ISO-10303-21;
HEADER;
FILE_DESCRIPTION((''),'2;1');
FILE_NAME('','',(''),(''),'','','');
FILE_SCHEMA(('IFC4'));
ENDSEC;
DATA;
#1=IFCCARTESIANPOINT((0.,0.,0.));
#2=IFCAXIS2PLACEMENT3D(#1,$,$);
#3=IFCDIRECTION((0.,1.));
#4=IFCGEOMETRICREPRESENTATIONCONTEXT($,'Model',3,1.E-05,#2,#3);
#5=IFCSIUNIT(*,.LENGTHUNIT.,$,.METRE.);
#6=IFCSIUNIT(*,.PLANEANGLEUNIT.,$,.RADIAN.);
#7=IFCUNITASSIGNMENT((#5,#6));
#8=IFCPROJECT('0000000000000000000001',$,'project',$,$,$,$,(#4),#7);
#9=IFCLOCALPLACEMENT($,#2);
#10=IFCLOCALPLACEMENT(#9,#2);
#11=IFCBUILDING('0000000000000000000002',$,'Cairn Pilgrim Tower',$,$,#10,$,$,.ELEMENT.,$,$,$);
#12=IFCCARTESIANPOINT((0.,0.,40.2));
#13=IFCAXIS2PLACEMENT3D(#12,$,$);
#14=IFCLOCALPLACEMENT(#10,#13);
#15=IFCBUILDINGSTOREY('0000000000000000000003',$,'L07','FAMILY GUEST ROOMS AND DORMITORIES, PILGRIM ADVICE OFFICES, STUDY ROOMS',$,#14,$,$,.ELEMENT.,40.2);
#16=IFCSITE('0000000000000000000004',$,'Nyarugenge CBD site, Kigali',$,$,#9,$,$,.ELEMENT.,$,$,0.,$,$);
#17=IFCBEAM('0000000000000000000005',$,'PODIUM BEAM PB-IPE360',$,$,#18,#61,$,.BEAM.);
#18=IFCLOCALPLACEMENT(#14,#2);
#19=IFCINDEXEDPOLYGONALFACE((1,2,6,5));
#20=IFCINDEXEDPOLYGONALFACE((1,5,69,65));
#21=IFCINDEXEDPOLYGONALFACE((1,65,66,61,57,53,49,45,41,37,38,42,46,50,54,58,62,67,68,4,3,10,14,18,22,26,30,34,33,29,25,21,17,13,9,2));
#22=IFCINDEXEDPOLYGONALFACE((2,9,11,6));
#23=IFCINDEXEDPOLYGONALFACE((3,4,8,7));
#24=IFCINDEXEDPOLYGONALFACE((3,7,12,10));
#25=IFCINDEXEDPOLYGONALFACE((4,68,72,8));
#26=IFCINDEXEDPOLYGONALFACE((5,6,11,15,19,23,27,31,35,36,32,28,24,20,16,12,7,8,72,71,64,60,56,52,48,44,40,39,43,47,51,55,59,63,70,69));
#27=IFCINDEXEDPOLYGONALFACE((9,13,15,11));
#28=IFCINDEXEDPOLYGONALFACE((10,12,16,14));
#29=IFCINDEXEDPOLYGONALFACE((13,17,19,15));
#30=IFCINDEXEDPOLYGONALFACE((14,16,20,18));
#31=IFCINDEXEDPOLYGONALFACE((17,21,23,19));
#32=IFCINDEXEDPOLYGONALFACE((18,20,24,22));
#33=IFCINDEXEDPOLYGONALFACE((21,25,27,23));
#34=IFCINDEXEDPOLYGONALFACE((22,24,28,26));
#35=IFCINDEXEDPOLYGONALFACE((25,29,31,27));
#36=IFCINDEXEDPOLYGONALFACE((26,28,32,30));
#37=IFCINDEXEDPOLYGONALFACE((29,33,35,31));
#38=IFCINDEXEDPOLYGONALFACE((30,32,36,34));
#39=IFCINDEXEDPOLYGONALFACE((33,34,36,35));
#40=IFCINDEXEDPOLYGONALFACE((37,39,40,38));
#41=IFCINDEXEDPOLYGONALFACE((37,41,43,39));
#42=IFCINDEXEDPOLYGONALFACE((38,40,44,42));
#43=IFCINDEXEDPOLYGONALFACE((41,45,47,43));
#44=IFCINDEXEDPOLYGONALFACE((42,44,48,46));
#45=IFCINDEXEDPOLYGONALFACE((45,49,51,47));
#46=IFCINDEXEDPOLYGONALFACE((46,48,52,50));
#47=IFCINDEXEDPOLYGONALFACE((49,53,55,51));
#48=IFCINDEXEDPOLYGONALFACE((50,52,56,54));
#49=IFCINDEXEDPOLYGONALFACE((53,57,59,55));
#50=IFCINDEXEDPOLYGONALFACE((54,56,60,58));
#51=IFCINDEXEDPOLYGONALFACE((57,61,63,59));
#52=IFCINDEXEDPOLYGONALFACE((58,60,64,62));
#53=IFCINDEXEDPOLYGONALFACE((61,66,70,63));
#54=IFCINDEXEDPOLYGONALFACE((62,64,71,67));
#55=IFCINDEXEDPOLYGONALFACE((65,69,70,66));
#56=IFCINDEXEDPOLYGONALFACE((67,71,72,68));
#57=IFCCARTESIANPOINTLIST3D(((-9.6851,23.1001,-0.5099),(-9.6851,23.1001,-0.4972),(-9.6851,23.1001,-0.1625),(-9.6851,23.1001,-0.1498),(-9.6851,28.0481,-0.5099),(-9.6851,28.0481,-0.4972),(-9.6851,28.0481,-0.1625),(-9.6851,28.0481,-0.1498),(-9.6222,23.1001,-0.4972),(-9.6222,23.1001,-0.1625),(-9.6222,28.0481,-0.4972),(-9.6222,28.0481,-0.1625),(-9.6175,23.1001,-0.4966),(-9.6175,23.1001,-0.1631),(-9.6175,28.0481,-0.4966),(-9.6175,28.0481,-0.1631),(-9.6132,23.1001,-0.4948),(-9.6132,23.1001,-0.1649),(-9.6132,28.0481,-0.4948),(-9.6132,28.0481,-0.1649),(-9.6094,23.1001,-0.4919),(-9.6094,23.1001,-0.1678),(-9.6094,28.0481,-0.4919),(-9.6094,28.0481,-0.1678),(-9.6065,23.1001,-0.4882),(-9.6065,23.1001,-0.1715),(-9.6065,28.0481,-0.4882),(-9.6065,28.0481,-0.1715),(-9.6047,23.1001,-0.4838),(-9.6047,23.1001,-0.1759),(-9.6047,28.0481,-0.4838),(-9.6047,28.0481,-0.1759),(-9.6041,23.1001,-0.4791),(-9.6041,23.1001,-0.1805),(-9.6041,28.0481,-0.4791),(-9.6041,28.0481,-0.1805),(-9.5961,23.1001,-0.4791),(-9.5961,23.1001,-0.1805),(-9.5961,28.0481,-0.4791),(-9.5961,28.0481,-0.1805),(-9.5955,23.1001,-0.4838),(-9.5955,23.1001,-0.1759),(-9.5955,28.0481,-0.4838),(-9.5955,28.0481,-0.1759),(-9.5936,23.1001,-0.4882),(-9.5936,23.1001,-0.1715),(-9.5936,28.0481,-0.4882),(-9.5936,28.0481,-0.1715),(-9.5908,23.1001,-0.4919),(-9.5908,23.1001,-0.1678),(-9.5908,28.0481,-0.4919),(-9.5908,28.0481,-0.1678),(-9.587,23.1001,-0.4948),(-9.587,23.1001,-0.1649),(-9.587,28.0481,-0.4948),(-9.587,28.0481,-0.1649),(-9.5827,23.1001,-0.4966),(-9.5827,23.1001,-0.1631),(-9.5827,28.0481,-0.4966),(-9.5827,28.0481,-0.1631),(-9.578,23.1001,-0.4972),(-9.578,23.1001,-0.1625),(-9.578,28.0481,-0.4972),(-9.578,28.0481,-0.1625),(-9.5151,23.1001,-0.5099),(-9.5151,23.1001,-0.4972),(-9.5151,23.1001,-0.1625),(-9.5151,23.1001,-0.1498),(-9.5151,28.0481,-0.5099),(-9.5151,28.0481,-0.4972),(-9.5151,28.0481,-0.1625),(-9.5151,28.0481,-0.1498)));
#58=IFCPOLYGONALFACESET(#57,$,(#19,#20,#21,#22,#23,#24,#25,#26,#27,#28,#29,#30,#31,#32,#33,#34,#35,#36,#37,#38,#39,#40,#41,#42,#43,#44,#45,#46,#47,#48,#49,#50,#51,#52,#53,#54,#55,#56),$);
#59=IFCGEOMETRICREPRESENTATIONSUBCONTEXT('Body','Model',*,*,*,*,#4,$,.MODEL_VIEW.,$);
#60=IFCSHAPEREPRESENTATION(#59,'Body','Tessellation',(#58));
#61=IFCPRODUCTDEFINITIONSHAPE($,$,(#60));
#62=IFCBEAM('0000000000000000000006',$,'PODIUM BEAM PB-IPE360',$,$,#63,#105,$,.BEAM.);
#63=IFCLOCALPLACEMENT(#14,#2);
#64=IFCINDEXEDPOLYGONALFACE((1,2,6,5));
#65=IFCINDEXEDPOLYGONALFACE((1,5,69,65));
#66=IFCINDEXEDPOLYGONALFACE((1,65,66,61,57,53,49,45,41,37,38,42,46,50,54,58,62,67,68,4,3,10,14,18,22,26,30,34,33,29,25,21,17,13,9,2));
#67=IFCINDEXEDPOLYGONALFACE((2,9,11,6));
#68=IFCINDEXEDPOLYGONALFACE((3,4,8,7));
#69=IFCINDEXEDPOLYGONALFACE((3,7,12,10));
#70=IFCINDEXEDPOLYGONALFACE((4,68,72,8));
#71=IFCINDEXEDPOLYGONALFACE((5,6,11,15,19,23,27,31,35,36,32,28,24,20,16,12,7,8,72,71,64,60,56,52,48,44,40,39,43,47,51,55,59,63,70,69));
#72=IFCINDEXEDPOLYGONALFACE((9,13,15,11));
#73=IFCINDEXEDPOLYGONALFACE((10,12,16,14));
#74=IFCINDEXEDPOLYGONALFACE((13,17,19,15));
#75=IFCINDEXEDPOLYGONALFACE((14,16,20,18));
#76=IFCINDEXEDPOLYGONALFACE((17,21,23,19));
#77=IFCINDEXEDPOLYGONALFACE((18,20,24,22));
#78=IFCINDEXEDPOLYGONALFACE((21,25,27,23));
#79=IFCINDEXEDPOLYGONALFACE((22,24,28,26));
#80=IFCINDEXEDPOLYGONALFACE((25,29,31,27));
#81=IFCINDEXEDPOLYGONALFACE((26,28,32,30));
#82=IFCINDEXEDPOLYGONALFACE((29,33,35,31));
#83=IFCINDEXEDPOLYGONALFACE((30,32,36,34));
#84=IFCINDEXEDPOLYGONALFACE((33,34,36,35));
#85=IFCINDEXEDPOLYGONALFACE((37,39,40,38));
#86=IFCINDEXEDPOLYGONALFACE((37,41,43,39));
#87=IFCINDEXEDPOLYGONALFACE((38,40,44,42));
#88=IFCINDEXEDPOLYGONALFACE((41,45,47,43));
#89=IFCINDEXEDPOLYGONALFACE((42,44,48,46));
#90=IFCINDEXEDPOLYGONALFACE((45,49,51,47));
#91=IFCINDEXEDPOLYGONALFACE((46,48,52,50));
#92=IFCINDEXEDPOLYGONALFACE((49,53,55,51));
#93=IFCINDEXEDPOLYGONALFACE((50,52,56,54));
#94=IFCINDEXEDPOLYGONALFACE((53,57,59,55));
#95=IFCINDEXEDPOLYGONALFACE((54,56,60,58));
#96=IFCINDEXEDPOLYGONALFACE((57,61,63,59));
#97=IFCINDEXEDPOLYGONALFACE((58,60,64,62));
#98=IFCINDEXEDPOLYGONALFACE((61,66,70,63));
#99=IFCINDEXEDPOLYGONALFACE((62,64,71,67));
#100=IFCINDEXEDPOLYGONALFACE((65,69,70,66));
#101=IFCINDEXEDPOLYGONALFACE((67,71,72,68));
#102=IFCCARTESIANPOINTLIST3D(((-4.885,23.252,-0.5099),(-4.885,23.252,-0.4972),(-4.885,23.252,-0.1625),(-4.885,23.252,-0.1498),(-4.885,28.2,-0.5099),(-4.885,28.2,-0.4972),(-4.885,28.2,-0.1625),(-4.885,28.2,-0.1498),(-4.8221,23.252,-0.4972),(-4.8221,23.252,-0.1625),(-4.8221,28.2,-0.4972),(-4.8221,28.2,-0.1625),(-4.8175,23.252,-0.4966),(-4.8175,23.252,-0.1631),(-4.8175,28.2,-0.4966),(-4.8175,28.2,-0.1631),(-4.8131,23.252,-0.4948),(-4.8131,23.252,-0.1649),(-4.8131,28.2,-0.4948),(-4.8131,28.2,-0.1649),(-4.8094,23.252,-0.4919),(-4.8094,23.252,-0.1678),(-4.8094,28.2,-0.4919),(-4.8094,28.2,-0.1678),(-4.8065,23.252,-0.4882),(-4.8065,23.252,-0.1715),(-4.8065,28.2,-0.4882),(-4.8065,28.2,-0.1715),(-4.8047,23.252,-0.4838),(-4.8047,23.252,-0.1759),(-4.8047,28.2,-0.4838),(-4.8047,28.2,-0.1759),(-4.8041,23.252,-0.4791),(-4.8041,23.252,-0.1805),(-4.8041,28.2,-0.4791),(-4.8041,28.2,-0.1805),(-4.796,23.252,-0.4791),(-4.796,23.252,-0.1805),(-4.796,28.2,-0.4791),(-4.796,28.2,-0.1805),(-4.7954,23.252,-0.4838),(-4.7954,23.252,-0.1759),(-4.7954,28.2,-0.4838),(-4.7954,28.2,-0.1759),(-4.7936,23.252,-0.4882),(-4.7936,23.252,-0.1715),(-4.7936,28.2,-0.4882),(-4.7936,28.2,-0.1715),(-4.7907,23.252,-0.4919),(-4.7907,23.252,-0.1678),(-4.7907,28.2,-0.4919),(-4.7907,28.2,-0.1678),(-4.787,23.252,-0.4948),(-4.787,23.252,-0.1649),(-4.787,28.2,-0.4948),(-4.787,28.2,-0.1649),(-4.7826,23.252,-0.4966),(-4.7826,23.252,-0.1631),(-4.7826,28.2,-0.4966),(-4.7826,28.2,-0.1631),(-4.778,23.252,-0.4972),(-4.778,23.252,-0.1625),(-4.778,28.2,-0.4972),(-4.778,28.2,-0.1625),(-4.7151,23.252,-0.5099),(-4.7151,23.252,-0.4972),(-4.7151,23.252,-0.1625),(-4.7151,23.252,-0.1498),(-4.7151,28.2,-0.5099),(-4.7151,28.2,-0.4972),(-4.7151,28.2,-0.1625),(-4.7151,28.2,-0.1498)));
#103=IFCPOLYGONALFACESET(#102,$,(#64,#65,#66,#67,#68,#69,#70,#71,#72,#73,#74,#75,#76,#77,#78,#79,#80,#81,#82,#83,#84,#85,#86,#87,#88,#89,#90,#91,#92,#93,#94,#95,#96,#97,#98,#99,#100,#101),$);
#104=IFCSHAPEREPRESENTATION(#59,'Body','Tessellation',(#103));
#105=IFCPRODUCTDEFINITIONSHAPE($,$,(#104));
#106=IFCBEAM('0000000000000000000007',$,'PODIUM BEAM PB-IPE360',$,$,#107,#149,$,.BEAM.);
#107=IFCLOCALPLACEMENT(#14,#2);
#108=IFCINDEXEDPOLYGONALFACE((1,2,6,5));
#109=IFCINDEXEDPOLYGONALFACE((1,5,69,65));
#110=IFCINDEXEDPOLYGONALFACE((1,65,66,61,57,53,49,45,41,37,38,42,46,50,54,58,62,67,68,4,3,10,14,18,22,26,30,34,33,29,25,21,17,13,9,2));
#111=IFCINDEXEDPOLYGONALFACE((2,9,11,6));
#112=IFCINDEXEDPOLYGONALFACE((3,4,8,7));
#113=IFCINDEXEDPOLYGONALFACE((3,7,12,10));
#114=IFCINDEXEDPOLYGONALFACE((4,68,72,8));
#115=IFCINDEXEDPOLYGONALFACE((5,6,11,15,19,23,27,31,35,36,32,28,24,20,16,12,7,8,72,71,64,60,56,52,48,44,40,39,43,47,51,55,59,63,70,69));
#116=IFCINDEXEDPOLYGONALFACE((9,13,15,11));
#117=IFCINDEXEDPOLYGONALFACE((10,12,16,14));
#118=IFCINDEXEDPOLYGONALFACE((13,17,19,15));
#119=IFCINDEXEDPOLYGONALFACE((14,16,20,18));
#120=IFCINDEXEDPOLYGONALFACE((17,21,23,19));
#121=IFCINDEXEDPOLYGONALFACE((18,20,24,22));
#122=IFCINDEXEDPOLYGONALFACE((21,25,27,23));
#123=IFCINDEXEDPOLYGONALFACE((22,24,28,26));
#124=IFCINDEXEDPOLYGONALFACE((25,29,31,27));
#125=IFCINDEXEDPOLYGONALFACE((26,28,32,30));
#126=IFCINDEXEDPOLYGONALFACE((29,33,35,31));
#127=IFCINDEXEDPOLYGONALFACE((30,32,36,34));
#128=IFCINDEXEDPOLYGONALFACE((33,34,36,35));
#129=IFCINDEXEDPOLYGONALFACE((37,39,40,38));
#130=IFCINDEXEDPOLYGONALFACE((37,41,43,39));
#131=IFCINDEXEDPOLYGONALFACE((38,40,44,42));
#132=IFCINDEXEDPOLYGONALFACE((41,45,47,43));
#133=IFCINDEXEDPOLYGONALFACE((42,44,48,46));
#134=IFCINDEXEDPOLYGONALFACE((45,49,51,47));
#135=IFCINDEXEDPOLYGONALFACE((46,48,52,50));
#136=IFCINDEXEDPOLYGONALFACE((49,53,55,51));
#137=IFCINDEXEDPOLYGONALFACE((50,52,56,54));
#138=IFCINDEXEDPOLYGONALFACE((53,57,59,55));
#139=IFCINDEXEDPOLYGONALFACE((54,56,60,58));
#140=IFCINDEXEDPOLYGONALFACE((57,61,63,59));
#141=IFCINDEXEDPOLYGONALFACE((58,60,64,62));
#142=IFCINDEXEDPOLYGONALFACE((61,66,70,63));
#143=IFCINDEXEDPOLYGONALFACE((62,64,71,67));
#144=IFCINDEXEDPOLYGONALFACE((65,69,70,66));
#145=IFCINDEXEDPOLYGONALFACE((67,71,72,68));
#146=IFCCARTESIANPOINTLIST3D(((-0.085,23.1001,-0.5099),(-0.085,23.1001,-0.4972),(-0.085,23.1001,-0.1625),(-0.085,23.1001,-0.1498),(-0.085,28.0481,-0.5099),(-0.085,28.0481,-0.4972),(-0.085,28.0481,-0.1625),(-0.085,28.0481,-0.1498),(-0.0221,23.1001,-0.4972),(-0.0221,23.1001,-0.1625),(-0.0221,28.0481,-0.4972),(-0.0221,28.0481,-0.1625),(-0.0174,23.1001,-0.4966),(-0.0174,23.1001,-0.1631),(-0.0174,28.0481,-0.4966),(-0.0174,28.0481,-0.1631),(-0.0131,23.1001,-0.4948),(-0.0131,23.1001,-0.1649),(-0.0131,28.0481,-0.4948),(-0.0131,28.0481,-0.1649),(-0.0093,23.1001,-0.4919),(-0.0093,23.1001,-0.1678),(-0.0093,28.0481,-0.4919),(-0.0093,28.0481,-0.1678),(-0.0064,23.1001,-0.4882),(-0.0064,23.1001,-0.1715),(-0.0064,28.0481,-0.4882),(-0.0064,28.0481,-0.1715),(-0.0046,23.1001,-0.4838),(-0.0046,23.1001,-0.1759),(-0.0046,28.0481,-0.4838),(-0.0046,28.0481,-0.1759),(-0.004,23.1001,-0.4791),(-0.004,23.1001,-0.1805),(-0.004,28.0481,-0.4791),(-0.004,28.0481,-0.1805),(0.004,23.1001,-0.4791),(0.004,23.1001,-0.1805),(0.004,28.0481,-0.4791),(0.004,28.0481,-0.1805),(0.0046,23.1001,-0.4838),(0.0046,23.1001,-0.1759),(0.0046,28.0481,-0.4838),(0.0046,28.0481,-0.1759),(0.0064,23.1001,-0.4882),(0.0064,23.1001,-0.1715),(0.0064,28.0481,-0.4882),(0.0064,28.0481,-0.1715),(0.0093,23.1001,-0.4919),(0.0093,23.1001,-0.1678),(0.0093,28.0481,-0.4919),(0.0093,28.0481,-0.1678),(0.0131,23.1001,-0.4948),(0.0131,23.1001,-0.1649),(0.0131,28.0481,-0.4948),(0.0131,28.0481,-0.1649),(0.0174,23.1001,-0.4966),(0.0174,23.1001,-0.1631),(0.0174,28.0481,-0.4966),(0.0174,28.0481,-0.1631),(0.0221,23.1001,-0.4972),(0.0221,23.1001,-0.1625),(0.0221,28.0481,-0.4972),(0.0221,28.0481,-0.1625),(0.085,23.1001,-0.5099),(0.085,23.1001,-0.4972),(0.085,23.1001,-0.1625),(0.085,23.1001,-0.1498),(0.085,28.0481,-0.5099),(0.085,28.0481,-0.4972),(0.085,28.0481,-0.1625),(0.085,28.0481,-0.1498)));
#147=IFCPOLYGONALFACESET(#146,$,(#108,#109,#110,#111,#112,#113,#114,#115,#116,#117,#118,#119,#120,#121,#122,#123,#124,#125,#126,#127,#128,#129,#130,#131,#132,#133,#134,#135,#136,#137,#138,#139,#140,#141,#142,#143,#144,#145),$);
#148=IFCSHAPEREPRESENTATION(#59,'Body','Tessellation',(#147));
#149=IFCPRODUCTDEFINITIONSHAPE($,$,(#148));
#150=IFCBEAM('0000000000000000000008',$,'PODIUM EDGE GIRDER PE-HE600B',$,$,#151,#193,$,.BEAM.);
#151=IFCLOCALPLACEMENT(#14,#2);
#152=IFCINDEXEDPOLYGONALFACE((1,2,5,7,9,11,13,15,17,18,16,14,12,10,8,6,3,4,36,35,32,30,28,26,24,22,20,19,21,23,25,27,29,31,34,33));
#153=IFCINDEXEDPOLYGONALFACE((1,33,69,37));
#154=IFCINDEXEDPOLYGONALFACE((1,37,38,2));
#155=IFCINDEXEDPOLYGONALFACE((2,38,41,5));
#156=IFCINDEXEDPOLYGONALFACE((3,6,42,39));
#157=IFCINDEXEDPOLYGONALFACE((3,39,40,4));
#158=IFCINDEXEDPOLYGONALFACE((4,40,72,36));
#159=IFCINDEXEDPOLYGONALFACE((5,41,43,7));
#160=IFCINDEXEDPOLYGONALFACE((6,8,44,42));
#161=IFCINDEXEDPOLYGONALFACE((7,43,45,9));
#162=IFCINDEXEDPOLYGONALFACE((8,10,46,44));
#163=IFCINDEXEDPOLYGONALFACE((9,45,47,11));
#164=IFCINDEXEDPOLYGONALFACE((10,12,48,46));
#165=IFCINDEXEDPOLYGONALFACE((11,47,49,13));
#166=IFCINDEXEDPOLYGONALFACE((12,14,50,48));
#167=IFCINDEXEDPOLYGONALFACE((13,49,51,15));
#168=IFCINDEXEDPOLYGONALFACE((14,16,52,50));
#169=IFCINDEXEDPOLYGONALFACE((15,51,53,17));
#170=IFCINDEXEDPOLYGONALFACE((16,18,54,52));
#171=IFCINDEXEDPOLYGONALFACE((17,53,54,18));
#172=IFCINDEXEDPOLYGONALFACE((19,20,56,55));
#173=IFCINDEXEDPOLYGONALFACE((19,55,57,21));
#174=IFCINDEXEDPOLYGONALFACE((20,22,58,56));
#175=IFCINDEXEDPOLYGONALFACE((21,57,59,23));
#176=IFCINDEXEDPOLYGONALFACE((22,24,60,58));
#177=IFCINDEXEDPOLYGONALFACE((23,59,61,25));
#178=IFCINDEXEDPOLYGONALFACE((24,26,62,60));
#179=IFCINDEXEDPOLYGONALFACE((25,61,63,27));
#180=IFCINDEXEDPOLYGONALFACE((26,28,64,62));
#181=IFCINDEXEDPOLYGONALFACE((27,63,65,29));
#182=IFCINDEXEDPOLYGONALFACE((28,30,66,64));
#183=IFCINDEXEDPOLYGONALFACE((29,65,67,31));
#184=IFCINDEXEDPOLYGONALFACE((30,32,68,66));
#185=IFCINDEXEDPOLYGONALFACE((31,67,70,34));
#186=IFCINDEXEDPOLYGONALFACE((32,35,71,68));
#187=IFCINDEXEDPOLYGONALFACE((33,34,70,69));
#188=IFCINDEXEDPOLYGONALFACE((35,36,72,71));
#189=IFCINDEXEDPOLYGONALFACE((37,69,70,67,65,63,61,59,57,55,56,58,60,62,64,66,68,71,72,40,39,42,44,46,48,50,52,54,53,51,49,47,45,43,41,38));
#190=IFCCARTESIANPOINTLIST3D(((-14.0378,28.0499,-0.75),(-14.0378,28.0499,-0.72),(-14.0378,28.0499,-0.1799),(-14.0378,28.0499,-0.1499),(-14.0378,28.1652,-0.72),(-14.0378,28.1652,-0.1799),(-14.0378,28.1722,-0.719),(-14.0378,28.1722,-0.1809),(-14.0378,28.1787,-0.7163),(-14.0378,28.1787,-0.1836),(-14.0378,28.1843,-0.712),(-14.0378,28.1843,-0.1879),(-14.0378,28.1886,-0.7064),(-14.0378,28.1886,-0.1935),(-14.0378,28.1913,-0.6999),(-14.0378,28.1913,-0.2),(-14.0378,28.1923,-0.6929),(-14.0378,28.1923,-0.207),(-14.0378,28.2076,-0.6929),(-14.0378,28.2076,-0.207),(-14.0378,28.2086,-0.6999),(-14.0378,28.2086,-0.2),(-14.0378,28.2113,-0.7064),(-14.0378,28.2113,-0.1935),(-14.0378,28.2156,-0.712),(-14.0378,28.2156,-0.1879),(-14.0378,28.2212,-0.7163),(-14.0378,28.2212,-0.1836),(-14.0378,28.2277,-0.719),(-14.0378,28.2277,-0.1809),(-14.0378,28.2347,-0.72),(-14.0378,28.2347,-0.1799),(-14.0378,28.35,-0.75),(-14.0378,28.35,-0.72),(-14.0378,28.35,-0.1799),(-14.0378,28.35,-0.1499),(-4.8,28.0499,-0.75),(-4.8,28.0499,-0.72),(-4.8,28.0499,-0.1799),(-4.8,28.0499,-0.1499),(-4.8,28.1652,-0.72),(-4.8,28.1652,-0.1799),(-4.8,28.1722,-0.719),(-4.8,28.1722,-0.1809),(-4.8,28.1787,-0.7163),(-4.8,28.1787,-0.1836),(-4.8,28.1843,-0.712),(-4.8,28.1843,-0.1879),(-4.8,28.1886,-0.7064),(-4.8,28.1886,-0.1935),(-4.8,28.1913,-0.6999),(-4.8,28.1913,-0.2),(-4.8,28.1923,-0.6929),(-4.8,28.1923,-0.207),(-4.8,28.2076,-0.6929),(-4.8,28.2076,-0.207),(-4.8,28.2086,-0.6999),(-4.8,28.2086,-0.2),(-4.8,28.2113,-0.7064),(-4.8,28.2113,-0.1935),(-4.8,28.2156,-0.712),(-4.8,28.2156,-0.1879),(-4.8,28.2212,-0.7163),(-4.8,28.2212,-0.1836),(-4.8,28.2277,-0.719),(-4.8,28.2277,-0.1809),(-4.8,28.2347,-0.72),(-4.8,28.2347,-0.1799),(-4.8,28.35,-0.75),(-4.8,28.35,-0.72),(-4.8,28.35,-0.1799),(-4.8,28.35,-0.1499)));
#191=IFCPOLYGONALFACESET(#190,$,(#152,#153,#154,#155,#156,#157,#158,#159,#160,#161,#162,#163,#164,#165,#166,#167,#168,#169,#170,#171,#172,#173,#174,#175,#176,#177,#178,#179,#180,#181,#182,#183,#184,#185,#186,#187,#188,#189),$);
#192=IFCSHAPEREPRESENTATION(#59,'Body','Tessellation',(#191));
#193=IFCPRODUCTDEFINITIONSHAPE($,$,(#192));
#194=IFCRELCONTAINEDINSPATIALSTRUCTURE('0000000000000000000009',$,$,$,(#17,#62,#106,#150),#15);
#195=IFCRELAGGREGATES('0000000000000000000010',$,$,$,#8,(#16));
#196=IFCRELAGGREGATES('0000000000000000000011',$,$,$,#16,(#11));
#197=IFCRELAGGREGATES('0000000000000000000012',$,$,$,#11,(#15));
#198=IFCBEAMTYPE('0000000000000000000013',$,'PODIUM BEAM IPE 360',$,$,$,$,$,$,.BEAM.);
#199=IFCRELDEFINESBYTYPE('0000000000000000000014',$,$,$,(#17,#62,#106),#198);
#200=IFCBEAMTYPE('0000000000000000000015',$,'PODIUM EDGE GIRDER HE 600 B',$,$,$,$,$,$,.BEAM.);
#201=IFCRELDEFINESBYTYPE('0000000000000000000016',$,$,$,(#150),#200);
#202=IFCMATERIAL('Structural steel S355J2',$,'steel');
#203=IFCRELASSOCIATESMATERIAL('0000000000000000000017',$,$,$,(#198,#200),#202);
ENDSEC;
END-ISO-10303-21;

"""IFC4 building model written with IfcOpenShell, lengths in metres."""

from ifc_helpers import new_model, si_unit, direction, frame, origin, origin_2d, place, context, subcontext, project, spatial, i_section, extrude, material, material_profile, profile_set, type_object, element, save


model = new_model("IFC4")

# Units and contexts
model_context = context("Model", 3, precision=1e-05, world=origin(), true_north=direction((0.0, 1.0)))
body_context = subcontext(model_context, "Body", "Model", "MODEL_VIEW")
ifc_project = project(units=[si_unit("LENGTHUNIT", "METRE"), si_unit("PLANEANGLEUNIT", "RADIAN")], contexts=[model_context])

# Site, building, storey
site_placement = place(None, origin())
site = spatial("IfcSite", under=ifc_project, at=site_placement, Name="Nyarugenge CBD site, Kigali", CompositionType="ELEMENT", RefElevation=0.0)
building_placement = place(site_placement, origin())
building = spatial("IfcBuilding", under=site, at=building_placement, Name="Cairn Pilgrim Tower", CompositionType="ELEMENT")
storey_placement = place(building_placement, frame((0.0, 0.0, 40.2)))
storey = spatial("IfcBuildingStorey", under=building, at=storey_placement, Name="L07", Description="FAMILY GUEST ROOMS AND DORMITORIES, PILGRIM ADVICE OFFICES, STUDY ROOMS", CompositionType="ELEMENT", Elevation=40.2)

# Beams
ifc_material_1 = material(Name="Structural steel S355J2", Category="steel")
ifc_material_profile_1 = material_profile(ifc_material_1, i_section(OverallWidth=0.1699, OverallDepth=0.3601, WebThickness=0.0081, FlangeThickness=0.0127, FilletRadius=0.0181, at=origin_2d()), Name="IPE 360")
ifc_profile_set_1 = profile_set([ifc_material_profile_1], Name="Structural steel S355J2")
beam_type_1 = type_object("IfcBeamType", Name="PODIUM BEAM IPE 360", PredefinedType="BEAM", material=ifc_profile_set_1)
for number, where, z_axis, x_axis, name in (
    (1, (-9.6001, 23.1001, -0.3298), (0.0, 1.0, 0.0), (-1.0, 0.0, 0.0), "PODIUM BEAM PB-IPE360"),
    (2, (-4.8, 23.252, -0.3298), (0.0, 1.0, 0.0), (-1.0, 0.0, 0.0), "PODIUM BEAM PB-IPE360"),
    (3, (0.0, 23.1001, -0.3298), (0.0, 1.0, 0.0), (-1.0, 0.0, 0.0), "PODIUM BEAM PB-IPE360"),
):
    element("IfcBeam", number, at=place(storey_placement, frame(where, z_axis=z_axis, x_axis=x_axis)), inside=storey, type_object=beam_type_1, Name=name, PredefinedType="BEAM", context=body_context, shape_type="SweptSolid", body=[
        extrude(i_section(OverallWidth=0.1699, OverallDepth=0.3601, WebThickness=0.0081, FlangeThickness=0.0127, FilletRadius=0.0181, at=origin_2d()), origin(), (0.0, 0.0, 1.0), 4.948),
    ])
ifc_material_profile_2 = material_profile(ifc_material_1, i_section(OverallWidth=0.3, OverallDepth=0.6001, WebThickness=0.0154, FlangeThickness=0.03, FilletRadius=0.0271, at=origin_2d()), Name="HEB 600")
ifc_profile_set_2 = profile_set([ifc_material_profile_2], Name="Structural steel S355J2")
beam_type_2 = type_object("IfcBeamType", Name="PODIUM EDGE GIRDER HE 600 B", PredefinedType="BEAM", material=ifc_profile_set_2)
for number, where, z_axis, x_axis, name in (
    (4, (-4.8, 28.2, -0.45), (-1.0, 0.0, 0.0), (0.0, -1.0, 0.0), "PODIUM EDGE GIRDER PE-HE600B"),
):
    element("IfcBeam", number, at=place(storey_placement, frame(where, z_axis=z_axis, x_axis=x_axis)), inside=storey, type_object=beam_type_2, Name=name, PredefinedType="BEAM", context=body_context, shape_type="SweptSolid", body=[
        extrude(i_section(OverallWidth=0.3, OverallDepth=0.6001, WebThickness=0.0154, FlangeThickness=0.03, FilletRadius=0.0271, at=origin_2d()), origin(), (0.0, 0.0, 1.0), 9.2378),
    ])

save(model, "model.ifc")
